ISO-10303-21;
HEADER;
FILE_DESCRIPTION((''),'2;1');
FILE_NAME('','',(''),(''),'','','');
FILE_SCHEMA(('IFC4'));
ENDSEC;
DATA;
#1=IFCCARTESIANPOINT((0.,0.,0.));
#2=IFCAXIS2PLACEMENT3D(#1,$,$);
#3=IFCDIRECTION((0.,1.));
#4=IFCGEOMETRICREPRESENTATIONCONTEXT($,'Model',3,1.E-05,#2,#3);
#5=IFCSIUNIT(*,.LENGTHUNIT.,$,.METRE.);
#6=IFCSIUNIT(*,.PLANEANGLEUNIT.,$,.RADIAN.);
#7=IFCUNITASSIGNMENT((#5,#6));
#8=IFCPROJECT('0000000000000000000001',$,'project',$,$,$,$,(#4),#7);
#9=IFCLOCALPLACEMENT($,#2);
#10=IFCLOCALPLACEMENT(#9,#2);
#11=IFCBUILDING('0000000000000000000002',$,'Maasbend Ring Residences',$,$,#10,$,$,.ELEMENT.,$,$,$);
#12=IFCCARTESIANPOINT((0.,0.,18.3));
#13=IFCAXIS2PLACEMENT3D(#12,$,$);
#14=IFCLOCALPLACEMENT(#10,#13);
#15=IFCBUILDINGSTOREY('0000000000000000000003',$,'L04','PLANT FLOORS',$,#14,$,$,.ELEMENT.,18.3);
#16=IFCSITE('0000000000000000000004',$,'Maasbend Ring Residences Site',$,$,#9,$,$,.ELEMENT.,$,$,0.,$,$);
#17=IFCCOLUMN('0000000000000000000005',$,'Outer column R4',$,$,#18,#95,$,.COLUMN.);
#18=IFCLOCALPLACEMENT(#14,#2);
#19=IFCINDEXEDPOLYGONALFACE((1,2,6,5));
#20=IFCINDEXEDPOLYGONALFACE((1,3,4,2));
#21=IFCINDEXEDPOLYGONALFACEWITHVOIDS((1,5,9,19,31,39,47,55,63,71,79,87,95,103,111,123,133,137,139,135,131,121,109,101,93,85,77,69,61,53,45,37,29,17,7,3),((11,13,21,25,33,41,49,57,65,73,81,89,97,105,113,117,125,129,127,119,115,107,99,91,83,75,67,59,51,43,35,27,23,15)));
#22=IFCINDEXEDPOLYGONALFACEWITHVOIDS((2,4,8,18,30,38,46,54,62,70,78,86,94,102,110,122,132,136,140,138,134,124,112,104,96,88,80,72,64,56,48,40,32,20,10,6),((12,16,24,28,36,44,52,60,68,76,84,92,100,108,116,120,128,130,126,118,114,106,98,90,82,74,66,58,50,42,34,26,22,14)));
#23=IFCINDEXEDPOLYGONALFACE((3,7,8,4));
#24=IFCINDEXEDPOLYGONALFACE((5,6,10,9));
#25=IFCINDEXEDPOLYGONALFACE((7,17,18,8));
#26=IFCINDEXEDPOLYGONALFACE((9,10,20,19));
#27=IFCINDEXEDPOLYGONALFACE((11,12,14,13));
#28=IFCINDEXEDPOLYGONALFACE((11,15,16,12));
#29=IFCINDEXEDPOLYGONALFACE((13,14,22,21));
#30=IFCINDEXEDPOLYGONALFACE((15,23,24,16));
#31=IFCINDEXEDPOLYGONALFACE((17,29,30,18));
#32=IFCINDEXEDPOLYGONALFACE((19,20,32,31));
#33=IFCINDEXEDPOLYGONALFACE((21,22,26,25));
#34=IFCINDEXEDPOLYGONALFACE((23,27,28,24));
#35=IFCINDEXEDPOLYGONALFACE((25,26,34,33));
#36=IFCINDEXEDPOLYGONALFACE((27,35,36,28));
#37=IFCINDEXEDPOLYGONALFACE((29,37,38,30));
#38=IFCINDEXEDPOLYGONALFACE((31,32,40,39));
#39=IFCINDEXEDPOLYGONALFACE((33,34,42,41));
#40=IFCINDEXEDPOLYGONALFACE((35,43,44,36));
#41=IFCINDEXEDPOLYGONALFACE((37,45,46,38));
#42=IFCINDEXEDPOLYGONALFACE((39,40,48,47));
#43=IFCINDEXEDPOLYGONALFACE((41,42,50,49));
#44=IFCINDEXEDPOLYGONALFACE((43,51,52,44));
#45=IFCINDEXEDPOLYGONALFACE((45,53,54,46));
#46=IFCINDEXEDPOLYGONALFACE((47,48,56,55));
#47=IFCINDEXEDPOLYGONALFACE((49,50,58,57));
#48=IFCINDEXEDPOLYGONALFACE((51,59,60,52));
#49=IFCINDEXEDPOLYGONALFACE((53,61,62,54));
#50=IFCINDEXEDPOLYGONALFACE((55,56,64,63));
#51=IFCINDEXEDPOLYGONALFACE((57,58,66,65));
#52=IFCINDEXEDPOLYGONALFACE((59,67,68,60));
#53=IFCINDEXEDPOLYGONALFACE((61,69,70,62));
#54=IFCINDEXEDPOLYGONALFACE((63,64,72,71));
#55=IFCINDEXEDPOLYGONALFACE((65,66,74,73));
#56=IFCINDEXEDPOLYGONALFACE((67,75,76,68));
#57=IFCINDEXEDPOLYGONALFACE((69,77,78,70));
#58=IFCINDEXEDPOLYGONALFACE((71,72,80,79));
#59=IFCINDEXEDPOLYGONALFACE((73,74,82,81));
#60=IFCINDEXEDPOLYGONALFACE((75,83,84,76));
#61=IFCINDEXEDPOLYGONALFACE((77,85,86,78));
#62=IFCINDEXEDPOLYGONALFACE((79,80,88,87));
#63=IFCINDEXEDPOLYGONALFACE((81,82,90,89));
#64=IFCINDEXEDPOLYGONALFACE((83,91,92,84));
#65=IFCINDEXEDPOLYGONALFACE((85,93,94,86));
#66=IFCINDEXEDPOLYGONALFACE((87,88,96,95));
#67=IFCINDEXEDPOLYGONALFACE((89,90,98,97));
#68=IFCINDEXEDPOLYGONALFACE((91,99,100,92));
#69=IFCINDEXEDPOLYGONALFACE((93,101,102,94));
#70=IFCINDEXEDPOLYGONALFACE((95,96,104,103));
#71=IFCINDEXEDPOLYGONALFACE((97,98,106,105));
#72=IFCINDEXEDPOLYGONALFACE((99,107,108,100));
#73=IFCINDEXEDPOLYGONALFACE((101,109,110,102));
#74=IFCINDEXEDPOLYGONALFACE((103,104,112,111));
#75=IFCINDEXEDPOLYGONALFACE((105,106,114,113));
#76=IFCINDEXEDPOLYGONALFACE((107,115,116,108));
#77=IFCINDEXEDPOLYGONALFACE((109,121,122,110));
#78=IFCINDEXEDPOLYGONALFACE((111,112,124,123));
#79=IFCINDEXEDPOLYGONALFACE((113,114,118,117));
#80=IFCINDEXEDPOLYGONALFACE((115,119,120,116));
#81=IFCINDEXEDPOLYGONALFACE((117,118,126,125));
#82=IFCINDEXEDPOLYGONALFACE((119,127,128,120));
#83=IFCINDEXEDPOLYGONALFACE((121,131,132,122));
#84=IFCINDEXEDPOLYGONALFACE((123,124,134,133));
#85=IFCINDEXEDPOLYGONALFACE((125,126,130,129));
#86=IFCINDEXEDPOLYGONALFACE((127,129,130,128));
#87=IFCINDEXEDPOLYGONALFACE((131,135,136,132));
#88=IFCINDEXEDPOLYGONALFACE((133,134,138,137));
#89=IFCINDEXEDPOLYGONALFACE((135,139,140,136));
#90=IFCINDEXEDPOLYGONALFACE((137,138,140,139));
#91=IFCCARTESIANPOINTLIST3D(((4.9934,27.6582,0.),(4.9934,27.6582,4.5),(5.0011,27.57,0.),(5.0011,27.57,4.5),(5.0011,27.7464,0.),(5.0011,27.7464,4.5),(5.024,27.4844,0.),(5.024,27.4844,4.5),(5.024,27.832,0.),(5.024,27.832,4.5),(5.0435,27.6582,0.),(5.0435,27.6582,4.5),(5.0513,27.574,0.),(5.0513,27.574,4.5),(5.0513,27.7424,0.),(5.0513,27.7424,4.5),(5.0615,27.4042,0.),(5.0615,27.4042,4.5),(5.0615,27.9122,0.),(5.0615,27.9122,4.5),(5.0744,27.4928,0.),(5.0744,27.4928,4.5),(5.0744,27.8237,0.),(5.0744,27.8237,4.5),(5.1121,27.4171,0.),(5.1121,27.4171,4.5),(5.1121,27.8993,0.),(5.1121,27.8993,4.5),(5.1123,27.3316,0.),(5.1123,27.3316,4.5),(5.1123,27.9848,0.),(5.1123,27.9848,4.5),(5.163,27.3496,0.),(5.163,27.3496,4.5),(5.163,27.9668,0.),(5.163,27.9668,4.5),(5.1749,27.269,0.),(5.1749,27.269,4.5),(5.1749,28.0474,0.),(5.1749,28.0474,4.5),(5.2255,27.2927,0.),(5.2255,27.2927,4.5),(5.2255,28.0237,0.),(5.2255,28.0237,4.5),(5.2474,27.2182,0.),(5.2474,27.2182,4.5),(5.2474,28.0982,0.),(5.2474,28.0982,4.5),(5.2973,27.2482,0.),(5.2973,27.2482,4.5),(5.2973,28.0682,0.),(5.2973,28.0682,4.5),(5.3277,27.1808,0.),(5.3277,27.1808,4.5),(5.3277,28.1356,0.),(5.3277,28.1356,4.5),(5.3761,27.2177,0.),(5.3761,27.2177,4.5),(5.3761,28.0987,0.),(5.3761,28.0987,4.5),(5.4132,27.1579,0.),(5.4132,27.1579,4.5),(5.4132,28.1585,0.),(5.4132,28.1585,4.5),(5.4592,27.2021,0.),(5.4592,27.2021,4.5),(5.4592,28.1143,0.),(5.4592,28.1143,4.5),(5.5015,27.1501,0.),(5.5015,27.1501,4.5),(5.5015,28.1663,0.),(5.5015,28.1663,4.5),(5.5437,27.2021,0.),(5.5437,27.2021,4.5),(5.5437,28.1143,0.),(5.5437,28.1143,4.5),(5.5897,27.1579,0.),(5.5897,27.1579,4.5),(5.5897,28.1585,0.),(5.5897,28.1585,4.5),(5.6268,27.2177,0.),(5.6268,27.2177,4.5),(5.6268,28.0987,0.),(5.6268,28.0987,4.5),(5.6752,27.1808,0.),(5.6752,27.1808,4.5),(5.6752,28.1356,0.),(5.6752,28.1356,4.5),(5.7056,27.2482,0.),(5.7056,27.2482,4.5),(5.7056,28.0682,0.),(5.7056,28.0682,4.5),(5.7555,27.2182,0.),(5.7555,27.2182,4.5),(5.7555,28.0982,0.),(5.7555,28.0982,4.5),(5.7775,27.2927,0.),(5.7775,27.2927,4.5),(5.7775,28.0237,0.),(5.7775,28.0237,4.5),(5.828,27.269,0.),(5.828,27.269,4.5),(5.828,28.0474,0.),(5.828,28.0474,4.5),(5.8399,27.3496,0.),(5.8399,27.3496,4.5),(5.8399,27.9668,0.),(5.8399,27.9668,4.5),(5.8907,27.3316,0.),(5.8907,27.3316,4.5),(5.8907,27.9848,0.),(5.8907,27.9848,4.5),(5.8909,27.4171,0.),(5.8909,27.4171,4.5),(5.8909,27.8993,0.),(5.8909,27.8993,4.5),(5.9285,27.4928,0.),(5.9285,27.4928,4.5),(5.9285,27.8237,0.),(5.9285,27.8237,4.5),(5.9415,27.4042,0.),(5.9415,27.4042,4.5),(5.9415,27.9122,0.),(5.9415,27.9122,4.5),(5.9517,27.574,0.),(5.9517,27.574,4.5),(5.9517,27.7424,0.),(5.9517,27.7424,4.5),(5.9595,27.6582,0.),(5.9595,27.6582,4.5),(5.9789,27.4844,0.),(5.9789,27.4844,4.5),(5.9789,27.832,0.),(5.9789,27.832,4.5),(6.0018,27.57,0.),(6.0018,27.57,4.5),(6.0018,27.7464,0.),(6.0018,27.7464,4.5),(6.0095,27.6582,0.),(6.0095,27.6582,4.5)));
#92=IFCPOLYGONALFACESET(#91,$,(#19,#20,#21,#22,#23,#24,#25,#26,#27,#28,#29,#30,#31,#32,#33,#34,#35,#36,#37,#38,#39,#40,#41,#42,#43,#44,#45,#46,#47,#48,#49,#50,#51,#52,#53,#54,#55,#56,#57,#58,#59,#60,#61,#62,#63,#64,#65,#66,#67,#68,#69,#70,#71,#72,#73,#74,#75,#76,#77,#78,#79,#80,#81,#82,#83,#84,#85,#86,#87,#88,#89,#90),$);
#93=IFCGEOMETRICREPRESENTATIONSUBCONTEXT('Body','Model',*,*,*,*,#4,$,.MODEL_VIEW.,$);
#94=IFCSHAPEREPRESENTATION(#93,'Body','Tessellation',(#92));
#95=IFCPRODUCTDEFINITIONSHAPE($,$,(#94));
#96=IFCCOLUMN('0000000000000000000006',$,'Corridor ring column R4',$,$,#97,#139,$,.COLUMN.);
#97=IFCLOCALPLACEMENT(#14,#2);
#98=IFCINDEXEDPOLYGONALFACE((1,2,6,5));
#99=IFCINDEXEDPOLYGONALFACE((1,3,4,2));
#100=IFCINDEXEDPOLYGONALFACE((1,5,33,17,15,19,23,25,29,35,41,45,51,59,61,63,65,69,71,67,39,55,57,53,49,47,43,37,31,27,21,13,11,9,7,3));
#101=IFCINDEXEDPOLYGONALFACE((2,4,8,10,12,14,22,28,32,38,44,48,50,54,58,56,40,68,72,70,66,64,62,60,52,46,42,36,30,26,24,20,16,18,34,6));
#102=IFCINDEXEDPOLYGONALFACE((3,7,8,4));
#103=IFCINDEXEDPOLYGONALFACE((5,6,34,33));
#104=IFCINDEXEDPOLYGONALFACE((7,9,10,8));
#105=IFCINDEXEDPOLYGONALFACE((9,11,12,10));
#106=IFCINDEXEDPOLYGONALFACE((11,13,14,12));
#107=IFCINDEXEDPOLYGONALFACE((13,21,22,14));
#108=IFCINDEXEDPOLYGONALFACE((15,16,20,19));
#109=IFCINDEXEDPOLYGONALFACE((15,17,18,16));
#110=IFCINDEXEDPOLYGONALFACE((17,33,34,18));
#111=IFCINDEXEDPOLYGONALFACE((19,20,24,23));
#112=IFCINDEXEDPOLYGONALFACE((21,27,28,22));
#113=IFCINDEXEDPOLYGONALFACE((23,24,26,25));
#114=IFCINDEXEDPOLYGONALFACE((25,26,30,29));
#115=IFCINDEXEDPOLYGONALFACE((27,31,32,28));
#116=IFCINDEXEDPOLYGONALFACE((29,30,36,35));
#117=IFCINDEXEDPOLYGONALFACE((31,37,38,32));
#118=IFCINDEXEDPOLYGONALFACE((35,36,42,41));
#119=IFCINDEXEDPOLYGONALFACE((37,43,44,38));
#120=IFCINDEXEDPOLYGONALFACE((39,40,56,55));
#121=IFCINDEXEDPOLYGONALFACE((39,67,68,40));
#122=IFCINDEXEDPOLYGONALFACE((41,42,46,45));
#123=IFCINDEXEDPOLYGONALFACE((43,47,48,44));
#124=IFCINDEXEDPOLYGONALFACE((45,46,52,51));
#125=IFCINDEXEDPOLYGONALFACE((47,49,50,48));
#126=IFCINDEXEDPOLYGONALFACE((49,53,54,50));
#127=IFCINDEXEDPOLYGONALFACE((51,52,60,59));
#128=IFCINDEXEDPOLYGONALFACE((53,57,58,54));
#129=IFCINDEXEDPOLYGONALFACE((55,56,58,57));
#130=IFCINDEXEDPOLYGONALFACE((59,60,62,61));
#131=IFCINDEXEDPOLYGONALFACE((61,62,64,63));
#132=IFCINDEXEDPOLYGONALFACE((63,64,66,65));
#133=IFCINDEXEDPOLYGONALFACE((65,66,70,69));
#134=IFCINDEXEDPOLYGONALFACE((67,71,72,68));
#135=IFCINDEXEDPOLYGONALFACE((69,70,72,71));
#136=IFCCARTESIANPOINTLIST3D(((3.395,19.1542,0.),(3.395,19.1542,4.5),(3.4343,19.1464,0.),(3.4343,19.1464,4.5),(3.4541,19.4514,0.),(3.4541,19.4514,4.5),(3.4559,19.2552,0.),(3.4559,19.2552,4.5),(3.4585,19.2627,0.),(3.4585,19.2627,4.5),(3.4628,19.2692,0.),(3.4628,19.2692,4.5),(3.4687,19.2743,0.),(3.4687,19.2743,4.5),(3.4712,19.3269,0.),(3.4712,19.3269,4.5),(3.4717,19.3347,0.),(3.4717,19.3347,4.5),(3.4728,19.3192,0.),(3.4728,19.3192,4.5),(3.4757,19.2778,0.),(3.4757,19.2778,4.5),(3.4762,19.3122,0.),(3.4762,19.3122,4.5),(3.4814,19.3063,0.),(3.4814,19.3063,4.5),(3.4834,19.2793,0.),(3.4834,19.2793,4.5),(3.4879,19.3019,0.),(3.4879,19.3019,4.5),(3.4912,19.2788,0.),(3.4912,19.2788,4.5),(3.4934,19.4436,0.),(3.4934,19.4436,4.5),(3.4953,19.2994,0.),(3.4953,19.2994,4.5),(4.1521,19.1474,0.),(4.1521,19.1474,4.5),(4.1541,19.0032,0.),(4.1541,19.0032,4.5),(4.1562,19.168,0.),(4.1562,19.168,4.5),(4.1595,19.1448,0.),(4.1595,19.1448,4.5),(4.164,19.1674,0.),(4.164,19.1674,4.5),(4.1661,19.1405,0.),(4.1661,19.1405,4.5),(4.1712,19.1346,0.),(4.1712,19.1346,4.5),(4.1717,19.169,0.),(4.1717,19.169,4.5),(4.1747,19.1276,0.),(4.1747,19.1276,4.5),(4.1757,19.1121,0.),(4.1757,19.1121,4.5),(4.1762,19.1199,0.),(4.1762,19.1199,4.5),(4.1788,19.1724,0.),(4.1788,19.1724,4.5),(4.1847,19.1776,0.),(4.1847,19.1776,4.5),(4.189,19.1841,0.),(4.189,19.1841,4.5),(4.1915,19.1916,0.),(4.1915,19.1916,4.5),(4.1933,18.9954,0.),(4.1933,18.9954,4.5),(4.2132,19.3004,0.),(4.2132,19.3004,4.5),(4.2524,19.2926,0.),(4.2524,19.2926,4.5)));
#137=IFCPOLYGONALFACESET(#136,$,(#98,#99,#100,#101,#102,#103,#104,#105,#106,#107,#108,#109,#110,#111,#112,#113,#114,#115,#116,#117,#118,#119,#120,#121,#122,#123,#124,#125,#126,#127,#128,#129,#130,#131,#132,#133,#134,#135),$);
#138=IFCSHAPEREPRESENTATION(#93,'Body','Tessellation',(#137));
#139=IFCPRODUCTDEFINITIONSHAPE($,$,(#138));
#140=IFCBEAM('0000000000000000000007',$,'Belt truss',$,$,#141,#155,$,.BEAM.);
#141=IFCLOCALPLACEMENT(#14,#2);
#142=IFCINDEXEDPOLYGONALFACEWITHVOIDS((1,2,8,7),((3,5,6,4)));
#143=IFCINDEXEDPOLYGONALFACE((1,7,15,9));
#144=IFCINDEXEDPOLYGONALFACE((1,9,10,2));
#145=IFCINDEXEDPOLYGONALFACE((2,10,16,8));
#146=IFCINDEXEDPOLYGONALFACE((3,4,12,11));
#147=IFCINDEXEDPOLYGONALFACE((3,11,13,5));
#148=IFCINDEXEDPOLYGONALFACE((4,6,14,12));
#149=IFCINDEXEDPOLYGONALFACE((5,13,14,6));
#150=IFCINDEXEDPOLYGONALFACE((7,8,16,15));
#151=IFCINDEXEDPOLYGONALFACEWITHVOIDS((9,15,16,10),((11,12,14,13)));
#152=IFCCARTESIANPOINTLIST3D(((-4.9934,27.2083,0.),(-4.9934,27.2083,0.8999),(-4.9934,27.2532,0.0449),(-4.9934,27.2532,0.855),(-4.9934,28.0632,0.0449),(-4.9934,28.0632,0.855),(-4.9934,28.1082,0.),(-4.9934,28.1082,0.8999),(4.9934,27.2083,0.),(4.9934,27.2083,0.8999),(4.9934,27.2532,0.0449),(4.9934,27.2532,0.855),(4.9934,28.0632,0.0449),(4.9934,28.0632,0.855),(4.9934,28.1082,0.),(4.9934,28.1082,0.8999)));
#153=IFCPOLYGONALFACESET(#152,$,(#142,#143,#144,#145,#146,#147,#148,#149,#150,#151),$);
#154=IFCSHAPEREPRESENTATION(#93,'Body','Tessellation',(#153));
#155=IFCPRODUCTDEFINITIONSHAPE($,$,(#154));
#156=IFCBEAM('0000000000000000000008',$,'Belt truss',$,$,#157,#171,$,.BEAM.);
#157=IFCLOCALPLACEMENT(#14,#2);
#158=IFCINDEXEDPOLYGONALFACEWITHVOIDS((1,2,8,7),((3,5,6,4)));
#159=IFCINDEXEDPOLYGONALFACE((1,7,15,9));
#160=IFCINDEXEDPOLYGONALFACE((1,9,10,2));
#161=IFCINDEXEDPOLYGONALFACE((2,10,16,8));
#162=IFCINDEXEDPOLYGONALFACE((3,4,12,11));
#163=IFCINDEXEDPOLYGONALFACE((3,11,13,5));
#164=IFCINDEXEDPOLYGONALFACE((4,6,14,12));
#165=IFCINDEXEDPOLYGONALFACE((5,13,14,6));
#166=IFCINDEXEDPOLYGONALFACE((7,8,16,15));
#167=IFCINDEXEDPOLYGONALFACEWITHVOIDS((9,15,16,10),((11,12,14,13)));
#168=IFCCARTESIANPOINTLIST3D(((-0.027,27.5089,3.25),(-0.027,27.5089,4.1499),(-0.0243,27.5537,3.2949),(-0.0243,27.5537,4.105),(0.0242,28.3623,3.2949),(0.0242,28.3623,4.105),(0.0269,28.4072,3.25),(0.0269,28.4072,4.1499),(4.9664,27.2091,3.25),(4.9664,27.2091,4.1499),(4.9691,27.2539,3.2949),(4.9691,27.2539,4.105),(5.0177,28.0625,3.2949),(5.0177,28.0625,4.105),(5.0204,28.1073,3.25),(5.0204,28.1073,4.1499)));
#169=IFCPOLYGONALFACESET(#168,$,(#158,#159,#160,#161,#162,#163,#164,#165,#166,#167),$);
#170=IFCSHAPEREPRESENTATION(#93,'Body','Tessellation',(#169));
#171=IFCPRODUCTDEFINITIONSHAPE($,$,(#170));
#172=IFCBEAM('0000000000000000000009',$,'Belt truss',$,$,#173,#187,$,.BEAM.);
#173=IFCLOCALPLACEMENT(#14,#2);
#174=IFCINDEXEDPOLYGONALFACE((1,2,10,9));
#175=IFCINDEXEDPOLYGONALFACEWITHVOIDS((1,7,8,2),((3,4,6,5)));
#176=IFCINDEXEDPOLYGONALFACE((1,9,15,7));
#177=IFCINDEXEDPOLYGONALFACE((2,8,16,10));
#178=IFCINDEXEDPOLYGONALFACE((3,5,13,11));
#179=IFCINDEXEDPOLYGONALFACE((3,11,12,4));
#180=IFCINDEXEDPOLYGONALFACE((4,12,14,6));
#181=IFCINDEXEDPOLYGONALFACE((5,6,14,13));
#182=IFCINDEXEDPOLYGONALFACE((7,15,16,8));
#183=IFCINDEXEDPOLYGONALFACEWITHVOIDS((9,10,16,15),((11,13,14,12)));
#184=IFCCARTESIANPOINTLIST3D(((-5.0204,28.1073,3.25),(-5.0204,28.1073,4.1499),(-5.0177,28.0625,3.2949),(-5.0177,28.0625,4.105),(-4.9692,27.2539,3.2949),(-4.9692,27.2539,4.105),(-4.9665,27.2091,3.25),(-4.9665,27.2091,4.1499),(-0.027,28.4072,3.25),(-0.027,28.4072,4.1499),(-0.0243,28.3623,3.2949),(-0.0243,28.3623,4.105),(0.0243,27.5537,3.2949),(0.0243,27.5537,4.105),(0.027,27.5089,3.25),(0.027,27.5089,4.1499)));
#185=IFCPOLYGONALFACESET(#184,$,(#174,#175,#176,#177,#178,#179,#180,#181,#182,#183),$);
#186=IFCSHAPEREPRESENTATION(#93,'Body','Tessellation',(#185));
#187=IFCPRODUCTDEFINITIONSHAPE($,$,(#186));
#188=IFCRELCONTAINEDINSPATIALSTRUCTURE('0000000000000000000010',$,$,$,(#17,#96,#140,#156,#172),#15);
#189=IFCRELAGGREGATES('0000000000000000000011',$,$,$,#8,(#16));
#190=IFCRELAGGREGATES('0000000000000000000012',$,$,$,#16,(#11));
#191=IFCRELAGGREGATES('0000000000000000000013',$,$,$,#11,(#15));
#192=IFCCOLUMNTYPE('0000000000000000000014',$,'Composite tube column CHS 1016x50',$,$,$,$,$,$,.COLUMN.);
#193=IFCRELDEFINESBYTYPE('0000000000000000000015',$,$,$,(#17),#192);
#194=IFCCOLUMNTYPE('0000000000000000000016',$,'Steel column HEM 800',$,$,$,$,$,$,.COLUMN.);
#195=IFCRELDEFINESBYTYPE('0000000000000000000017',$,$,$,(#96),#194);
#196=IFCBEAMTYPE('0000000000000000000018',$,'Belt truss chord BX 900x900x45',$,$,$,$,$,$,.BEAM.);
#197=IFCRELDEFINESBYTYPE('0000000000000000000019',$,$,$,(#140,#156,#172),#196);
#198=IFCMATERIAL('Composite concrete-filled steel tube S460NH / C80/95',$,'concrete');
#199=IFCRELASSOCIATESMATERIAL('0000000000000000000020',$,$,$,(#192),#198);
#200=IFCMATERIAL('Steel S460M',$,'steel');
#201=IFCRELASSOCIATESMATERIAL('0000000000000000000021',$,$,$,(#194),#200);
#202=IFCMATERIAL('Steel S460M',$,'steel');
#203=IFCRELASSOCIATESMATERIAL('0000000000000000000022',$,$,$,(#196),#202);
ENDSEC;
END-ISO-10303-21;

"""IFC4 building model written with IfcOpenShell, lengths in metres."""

from ifc_helpers import new_model, si_unit, direction, frame, origin, origin_2d, place, context, subcontext, project, spatial, hollow_rectangle, hollow_circle, i_section, extrude, material, material_profile, profile_set, type_object, element, save


model = new_model("IFC4")

# Units and contexts
model_context = context("Model", 3, precision=1e-05, world=origin(), true_north=direction((0.0, 1.0)))
body_context = subcontext(model_context, "Body", "Model", "MODEL_VIEW")
ifc_project = project(units=[si_unit("LENGTHUNIT", "METRE"), si_unit("PLANEANGLEUNIT", "RADIAN")], contexts=[model_context])

# Site, building, storey
site_placement = place(None, origin())
site = spatial("IfcSite", under=ifc_project, at=site_placement, Name="Maasbend Ring Residences Site", CompositionType="ELEMENT", RefElevation=0.0)
building_placement = place(site_placement, origin())
building = spatial("IfcBuilding", under=site, at=building_placement, Name="Maasbend Ring Residences", CompositionType="ELEMENT")
storey_placement = place(building_placement, frame((0.0, 0.0, 18.3)))
storey = spatial("IfcBuildingStorey", under=building, at=storey_placement, Name="L04", Description="PLANT FLOORS", CompositionType="ELEMENT", Elevation=18.3)

# Columns
ifc_material_1 = material(Name="Composite concrete-filled steel tube S460NH / C80/95", Category="concrete")
ifc_material_profile_1 = material_profile(ifc_material_1, hollow_circle(Radius=0.5081, WallThickness=0.05, at=origin_2d()), Name="Composite tube column CHS 1016x50")
ifc_profile_set_1 = profile_set([ifc_material_profile_1], Name="Composite concrete-filled steel tube S460NH / C80/95")
column_type_1 = type_object("IfcColumnType", Name="Composite tube column CHS 1016x50", PredefinedType="COLUMN", material=ifc_profile_set_1)
column_1_placement = place(storey_placement, frame((5.5015, 27.6582, 0.0), z_axis=(0.0, 0.0, 1.0), x_axis=(1.0, 0.0, 0.0)))
element("IfcColumn", 1, at=column_1_placement, inside=storey, type_object=column_type_1, Name="Outer column R4", PredefinedType="COLUMN", context=body_context, shape_type="SweptSolid", body=[
    extrude(hollow_circle(Radius=0.5081, WallThickness=0.05, at=origin_2d()), origin(), (0.0, 0.0, 1.0), 4.5),
])
ifc_material_2 = material(Name="Steel S460M", Category="steel")
ifc_material_profile_2 = material_profile(ifc_material_2, i_section(OverallWidth=0.303, OverallDepth=0.814, WebThickness=0.021, FlangeThickness=0.04, FilletRadius=0.03, at=origin_2d()), Name="HEM 800")
ifc_profile_set_2 = profile_set([ifc_material_profile_2], Name="Steel S460M")
column_type_2 = type_object("IfcColumnType", Name="Steel column HEM 800", PredefinedType="COLUMN", material=ifc_profile_set_2)
column_2_placement = place(storey_placement, frame((3.8237, 19.2234, 0.0), z_axis=(0.0, 0.0, 1.0), x_axis=(0.19509, 0.980785, 0.0)))
element("IfcColumn", 2, at=column_2_placement, inside=storey, type_object=column_type_2, Name="Corridor ring column R4", PredefinedType="COLUMN", context=body_context, shape_type="SweptSolid", body=[
    extrude(i_section(OverallWidth=0.303, OverallDepth=0.814, WebThickness=0.021, FlangeThickness=0.04, FilletRadius=0.03, at=origin_2d()), origin(), (0.0, 0.0, 1.0), 4.5),
])

# Beams
ifc_material_3 = material(Name="Steel S460M", Category="steel")
ifc_material_profile_3 = material_profile(ifc_material_3, hollow_rectangle(XDim=0.8999, YDim=0.8999, WallThickness=0.0449, at=origin_2d()), Name="Belt truss chord BX 900x900x45")
ifc_profile_set_3 = profile_set([ifc_material_profile_3], Name="Steel S460M")
beam_type_1 = type_object("IfcBeamType", Name="Belt truss chord BX 900x900x45", PredefinedType="BEAM", material=ifc_profile_set_3)
beam_1_placement = place(storey_placement, frame((4.9934, 27.6582, 0.45), z_axis=(-1.0, 0.0, 0.0), x_axis=(0.0, -1.0, 0.0)))
element("IfcBeam", 3, at=beam_1_placement, inside=storey, type_object=beam_type_1, Name="Belt truss", PredefinedType="BEAM", context=body_context, shape_type="SweptSolid", body=[
    extrude(hollow_rectangle(XDim=0.8999, YDim=0.8999, WallThickness=0.0449, at=origin_2d()), origin(), (0.0, 0.0, 1.0), 9.9868),
])
for number, where, z_axis, x_axis, name in (
    (4, (4.9934, 27.6582, 3.7), (-0.998202, 0.059932, 0.0), (-0.059932, -0.998202, 0.0), "Belt truss"),
    (5, (0.0, 27.958, 3.7), (-0.998202, -0.059932, 0.0), (0.059932, -0.998202, 0.0), "Belt truss"),
):
    element("IfcBeam", number, at=place(storey_placement, frame(where, z_axis=z_axis, x_axis=x_axis)), inside=storey, type_object=beam_type_1, Name=name, PredefinedType="BEAM", context=body_context, shape_type="SweptSolid", body=[
        extrude(hollow_rectangle(XDim=0.8999, YDim=0.8999, WallThickness=0.0449, at=origin_2d()), origin(), (0.0, 0.0, 1.0), 5.0024),
    ])

save(model, "model.ifc")
